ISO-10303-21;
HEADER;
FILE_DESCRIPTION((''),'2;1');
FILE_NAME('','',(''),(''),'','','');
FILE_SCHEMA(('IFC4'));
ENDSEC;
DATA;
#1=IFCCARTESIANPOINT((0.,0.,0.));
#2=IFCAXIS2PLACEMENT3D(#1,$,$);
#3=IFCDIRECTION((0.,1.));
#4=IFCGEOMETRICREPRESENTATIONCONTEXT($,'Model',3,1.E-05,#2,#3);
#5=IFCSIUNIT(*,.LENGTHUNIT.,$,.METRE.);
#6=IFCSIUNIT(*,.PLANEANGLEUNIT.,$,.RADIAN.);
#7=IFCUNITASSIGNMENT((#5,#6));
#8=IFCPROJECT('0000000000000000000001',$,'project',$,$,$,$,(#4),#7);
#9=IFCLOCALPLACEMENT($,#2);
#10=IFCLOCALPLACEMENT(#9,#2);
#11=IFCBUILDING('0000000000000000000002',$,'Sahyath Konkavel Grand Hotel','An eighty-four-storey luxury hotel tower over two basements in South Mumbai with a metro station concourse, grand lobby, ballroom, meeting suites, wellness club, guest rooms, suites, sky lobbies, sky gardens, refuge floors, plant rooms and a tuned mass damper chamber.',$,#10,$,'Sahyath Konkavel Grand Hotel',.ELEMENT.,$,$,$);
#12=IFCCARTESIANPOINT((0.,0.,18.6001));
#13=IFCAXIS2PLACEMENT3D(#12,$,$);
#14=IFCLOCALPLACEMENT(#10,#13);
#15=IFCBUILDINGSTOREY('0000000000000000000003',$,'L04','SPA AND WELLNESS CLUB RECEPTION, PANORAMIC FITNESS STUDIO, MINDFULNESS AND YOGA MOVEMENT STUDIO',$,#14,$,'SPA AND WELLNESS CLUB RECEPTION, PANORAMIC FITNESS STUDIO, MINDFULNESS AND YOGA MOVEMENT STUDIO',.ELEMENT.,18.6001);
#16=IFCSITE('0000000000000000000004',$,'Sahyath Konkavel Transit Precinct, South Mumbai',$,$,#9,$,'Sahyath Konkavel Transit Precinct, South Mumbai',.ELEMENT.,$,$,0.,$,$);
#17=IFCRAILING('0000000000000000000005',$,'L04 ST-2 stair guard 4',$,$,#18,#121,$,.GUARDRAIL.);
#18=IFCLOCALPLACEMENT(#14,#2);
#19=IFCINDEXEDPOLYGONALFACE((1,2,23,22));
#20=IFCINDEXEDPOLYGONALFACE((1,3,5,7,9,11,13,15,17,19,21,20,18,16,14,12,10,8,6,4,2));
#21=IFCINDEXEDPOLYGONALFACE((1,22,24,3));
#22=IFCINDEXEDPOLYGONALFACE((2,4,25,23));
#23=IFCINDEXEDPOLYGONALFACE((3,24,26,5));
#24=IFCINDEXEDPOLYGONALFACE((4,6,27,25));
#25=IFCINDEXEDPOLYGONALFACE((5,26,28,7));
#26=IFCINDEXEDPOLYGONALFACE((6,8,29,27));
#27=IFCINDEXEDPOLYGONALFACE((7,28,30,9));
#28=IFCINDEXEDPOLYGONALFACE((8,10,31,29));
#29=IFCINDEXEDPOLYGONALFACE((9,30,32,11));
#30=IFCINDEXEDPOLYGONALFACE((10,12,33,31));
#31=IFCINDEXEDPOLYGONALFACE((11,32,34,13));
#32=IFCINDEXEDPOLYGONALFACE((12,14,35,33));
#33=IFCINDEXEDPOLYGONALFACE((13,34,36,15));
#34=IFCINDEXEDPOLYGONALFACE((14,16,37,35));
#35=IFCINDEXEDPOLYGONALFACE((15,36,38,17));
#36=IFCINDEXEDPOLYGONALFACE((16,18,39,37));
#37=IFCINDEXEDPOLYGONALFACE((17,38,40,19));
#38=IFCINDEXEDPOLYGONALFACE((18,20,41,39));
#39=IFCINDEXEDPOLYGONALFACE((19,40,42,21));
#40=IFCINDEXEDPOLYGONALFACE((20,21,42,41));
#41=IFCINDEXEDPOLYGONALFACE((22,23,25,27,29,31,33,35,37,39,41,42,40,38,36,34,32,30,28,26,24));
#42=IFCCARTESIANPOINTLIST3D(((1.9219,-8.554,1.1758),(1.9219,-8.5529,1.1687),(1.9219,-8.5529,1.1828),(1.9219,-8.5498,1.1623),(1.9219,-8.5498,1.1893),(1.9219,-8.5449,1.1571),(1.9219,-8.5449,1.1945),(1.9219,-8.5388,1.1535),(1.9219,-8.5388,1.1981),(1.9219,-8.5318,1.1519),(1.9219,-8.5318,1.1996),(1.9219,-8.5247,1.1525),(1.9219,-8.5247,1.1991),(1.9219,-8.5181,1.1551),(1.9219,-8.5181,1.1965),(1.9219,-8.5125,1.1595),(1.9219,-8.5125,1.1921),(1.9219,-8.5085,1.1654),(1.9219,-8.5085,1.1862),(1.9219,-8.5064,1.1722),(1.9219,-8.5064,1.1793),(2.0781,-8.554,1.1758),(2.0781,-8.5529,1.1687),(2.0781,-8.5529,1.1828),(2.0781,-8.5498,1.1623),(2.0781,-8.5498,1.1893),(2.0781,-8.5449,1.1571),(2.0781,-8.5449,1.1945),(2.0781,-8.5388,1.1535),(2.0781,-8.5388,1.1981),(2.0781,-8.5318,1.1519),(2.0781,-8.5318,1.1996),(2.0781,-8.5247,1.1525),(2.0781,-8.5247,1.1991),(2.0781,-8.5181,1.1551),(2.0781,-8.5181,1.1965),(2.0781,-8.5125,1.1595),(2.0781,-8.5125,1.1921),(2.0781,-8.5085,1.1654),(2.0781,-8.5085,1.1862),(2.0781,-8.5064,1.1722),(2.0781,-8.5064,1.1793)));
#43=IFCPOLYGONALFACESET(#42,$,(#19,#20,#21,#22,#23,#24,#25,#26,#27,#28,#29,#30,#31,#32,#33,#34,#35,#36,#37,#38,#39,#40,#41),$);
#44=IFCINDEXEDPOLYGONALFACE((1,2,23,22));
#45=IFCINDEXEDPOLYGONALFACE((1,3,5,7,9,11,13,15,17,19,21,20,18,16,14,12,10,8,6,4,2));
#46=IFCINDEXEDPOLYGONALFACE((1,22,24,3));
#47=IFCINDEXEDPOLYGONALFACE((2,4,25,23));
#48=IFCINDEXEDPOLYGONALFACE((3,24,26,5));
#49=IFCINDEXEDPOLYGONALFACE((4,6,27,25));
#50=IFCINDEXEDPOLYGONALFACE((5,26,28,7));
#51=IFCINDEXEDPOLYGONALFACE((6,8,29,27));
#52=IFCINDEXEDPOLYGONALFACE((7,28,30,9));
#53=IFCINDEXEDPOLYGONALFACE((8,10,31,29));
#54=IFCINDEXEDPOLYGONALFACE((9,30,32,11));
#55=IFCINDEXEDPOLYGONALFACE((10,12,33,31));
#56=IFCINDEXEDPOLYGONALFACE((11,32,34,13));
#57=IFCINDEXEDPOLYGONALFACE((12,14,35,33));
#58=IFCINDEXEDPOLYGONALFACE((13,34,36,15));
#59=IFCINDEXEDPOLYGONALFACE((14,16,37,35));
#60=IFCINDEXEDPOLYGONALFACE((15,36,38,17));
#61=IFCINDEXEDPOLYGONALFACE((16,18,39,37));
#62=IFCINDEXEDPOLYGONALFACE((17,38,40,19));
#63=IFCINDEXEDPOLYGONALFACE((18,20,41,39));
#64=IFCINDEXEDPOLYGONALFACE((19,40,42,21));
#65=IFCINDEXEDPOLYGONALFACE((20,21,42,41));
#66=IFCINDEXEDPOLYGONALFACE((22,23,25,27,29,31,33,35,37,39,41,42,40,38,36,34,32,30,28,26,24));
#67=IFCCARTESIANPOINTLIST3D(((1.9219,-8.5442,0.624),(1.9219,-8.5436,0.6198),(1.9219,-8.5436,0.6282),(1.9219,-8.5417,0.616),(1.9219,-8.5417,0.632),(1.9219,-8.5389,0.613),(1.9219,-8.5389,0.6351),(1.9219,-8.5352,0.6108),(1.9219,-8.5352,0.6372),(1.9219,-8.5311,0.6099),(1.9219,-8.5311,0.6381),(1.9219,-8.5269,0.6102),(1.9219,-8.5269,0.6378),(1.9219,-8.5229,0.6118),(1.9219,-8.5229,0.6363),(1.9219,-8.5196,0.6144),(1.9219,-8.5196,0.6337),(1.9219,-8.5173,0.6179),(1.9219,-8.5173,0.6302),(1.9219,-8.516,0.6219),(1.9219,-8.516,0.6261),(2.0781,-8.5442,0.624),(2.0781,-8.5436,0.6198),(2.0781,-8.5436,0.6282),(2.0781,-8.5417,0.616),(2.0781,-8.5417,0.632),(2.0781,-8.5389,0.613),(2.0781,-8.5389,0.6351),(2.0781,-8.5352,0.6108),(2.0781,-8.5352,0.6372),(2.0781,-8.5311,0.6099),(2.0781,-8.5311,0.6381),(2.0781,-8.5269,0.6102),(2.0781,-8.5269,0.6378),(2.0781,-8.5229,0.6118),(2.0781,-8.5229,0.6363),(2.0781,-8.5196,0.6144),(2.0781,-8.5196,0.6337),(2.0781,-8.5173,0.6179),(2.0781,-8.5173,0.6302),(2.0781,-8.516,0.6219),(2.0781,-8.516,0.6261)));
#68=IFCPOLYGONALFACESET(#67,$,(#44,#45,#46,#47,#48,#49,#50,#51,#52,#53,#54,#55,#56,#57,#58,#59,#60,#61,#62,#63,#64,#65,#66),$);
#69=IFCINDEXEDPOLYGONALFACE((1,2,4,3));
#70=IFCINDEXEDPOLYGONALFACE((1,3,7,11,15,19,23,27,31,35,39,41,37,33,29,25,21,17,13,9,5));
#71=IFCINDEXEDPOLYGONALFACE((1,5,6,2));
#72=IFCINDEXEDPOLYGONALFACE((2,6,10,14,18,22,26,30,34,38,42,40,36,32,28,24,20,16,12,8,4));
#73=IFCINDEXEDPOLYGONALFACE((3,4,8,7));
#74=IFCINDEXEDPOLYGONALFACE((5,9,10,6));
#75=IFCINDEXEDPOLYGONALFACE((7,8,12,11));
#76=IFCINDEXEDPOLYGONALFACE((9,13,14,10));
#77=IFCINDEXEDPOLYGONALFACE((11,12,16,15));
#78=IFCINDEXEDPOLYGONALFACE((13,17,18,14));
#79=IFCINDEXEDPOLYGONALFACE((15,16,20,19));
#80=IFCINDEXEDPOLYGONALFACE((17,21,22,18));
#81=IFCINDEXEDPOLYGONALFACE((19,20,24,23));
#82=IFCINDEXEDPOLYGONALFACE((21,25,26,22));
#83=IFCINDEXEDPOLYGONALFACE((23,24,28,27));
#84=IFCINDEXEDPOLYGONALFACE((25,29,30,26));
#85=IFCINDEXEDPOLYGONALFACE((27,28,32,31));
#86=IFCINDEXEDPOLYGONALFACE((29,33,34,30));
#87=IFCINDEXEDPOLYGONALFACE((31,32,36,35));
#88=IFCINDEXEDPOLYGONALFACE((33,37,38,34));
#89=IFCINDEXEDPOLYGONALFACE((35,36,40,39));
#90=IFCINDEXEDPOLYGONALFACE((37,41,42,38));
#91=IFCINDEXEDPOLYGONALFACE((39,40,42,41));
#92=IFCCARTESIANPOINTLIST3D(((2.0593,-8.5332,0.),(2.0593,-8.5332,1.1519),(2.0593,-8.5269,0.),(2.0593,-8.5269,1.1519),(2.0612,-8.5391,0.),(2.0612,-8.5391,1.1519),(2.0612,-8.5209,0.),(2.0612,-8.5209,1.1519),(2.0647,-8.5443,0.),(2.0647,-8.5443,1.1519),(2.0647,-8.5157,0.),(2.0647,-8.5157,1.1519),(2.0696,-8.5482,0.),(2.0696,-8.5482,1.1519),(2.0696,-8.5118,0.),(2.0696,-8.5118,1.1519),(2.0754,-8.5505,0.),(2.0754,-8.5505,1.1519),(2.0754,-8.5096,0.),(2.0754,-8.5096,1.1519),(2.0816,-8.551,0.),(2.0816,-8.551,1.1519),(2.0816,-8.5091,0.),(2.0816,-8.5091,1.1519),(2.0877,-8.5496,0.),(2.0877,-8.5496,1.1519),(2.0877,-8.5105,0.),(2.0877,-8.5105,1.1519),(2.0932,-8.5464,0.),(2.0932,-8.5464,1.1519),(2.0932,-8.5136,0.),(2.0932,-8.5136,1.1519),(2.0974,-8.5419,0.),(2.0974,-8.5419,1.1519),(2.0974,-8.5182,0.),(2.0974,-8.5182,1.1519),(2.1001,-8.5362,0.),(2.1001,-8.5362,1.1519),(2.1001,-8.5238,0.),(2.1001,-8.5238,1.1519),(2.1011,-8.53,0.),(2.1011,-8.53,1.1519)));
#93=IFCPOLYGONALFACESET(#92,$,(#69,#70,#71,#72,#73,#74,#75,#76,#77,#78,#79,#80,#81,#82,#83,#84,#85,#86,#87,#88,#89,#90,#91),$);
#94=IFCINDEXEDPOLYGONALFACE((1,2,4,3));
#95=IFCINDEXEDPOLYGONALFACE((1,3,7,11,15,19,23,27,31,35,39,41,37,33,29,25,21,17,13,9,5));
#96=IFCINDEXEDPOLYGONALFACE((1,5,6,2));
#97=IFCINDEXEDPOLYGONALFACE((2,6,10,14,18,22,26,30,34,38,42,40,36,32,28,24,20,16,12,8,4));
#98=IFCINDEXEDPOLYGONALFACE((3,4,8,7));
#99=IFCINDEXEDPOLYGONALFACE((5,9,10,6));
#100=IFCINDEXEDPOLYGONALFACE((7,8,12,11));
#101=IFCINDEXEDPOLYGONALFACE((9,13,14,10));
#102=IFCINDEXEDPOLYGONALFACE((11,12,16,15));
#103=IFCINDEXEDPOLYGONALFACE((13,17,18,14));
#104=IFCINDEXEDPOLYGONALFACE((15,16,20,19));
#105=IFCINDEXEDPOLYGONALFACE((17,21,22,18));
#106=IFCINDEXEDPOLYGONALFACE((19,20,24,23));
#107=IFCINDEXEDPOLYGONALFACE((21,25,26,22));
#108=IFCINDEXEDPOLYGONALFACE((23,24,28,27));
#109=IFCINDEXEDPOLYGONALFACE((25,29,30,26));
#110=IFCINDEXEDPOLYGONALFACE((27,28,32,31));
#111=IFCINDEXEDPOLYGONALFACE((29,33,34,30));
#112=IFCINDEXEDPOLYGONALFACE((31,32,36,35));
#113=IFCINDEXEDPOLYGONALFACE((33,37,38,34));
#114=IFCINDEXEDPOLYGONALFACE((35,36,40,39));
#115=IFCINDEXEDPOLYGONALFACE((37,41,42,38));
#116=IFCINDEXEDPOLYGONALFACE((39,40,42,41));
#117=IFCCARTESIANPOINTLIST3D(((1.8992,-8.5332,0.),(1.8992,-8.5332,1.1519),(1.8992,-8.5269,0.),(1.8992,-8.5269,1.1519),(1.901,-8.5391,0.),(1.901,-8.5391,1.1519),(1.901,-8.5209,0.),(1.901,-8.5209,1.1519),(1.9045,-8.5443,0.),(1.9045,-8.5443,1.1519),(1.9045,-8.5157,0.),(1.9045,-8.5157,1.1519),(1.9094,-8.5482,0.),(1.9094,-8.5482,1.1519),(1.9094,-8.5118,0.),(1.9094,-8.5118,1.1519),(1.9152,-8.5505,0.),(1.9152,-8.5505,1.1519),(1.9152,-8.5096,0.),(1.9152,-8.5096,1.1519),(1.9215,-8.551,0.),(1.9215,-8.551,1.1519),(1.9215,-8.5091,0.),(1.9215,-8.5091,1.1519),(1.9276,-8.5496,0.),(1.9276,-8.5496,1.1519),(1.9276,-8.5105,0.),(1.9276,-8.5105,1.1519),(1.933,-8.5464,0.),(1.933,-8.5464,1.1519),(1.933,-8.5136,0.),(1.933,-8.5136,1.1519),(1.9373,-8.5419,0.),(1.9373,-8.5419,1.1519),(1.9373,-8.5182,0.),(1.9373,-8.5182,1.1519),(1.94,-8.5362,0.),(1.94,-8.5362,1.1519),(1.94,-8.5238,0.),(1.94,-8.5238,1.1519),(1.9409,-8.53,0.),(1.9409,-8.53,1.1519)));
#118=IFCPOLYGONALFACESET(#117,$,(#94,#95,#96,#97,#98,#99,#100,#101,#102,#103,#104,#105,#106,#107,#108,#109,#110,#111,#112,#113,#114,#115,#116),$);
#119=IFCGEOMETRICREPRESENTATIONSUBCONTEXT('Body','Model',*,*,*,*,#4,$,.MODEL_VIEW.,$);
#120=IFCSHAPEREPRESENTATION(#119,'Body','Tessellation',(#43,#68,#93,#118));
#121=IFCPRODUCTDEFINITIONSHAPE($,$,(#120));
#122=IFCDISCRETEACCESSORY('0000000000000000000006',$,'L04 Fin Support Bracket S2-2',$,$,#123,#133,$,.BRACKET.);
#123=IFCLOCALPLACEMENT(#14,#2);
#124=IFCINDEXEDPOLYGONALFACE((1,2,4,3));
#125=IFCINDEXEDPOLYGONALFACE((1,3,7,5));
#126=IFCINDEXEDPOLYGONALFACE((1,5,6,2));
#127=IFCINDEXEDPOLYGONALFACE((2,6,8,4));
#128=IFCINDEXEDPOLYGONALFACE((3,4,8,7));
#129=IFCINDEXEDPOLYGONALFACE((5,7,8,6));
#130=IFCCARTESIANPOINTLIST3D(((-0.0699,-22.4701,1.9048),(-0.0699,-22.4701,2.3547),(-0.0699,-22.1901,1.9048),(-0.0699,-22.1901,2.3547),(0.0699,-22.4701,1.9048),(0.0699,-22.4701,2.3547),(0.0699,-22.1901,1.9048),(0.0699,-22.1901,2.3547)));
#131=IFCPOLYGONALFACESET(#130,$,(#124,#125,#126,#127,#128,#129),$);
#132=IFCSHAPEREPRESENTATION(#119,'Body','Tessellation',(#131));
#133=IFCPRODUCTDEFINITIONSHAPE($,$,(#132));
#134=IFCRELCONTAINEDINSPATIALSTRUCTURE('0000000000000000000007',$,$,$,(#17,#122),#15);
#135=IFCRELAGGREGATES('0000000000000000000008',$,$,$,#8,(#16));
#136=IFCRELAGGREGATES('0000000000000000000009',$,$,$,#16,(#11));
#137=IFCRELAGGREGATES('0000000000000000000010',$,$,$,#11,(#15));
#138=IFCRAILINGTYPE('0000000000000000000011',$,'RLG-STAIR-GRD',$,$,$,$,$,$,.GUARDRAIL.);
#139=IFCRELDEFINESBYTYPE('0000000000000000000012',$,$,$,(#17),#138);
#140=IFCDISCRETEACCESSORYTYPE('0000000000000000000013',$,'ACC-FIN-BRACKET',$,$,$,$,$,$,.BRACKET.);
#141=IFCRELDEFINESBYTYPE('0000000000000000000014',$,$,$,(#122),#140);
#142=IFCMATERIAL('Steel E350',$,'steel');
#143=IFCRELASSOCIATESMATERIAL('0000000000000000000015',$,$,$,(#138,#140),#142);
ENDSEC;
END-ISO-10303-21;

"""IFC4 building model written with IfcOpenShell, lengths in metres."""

from ifc_helpers import new_model, si_unit, direction, frame, origin, origin_2d, place, context, subcontext, project, spatial, rectangle, circle, extrude, source, transform, mapped, material, type_object, element, save


model = new_model("IFC4")

# Units and contexts
model_context = context("Model", 3, precision=1e-05, world=origin(), true_north=direction((0.0, 1.0)))
body_context = subcontext(model_context, "Body", "Model", "MODEL_VIEW")
ifc_project = project(units=[si_unit("LENGTHUNIT", "METRE"), si_unit("PLANEANGLEUNIT", "RADIAN")], contexts=[model_context])

# Site, building, storey
site_placement = place(None, origin())
site = spatial("IfcSite", under=ifc_project, at=site_placement, Name="Sahyath Konkavel Transit Precinct, South Mumbai", LongName="Sahyath Konkavel Transit Precinct, South Mumbai", CompositionType="ELEMENT", RefElevation=0.0)
building_placement = place(site_placement, origin())
building = spatial("IfcBuilding", under=site, at=building_placement, Name="Sahyath Konkavel Grand Hotel", Description="An eighty-four-storey luxury hotel tower over two basements in South Mumbai with a metro station concourse, grand lobby, ballroom, meeting suites, wellness club, guest rooms, suites, sky lobbies, sky gardens, refuge floors, plant rooms and a tuned mass damper chamber.", LongName="Sahyath Konkavel Grand Hotel", CompositionType="ELEMENT")
storey_placement = place(building_placement, frame((0.0, 0.0, 18.6001)))
storey = spatial("IfcBuildingStorey", under=building, at=storey_placement, Name="L04", Description="SPA AND WELLNESS CLUB RECEPTION, PANORAMIC FITNESS STUDIO, MINDFULNESS AND YOGA MOVEMENT STUDIO", LongName="SPA AND WELLNESS CLUB RECEPTION, PANORAMIC FITNESS STUDIO, MINDFULNESS AND YOGA MOVEMENT STUDIO", CompositionType="ELEMENT", Elevation=18.6001)

# Shared definitions
ifc_material_1 = material(Name="Steel E350", Category="steel")

# Railing
railing_type = type_object("IfcRailingType", Name="RLG-STAIR-GRD", PredefinedType="GUARDRAIL", material=ifc_material_1)
railing_1_placement = place(storey_placement, frame((2.0801, -8.53, 0.0)))
element("IfcRailing", 1, at=railing_1_placement, inside=storey, type_object=railing_type, Name="L04 ST-2 stair guard 4", PredefinedType="GUARDRAIL", context=body_context, shape_type="SweptSolid", body=[
    extrude(circle(Radius=0.0239, at=origin_2d()), frame((-0.002, 0.0, 1.1758), z_axis=(-1.0, 0.0, 0.0), x_axis=(0.0, -1.0, 0.0)), (0.0, 0.0, 1.0), 0.1562),
    extrude(circle(Radius=0.0142, at=origin_2d()), frame((-0.002, 0.0, 0.624), z_axis=(-1.0, 0.0, 0.0), x_axis=(0.0, -1.0, 0.0)), (0.0, 0.0, 1.0), 0.1562),
    extrude(circle(Radius=0.021, at=origin_2d()), origin(), (0.0, 0.0, 1.0), 1.1519),
    extrude(circle(Radius=0.021, at=origin_2d()), frame((-0.1602, 0.0, 0.0)), (0.0, 0.0, 1.0), 1.1519),
])

# Discrete accessory
discrete_accessory_type = type_object("IfcDiscreteAccessoryType", Name="ACC-FIN-BRACKET", PredefinedType="BRACKET", material=ifc_material_1)
shared_shape_1 = source(origin(), body_context, "Body", "SweptSolid", [
    extrude(rectangle(XDim=0.28, YDim=0.1399, at=origin_2d()), origin(), (0.0, 0.0, 1.0), 0.45),
])
discrete_accessory_placement = place(storey_placement, frame((0.0, -22.3301, 1.9048), z_axis=(0.0, 0.0, 1.0), x_axis=(0.0, -1.0, 0.0)))
element("IfcDiscreteAccessory", 2, at=discrete_accessory_placement, inside=storey, type_object=discrete_accessory_type, Name="L04 Fin Support Bracket S2-2", PredefinedType="BRACKET", context=body_context, shape_type="MappedRepresentation", body=[
    mapped(shared_shape_1, transform((0.0, 0.0, 0.0), scale=1.0)),
])

save(model, "model.ifc")
